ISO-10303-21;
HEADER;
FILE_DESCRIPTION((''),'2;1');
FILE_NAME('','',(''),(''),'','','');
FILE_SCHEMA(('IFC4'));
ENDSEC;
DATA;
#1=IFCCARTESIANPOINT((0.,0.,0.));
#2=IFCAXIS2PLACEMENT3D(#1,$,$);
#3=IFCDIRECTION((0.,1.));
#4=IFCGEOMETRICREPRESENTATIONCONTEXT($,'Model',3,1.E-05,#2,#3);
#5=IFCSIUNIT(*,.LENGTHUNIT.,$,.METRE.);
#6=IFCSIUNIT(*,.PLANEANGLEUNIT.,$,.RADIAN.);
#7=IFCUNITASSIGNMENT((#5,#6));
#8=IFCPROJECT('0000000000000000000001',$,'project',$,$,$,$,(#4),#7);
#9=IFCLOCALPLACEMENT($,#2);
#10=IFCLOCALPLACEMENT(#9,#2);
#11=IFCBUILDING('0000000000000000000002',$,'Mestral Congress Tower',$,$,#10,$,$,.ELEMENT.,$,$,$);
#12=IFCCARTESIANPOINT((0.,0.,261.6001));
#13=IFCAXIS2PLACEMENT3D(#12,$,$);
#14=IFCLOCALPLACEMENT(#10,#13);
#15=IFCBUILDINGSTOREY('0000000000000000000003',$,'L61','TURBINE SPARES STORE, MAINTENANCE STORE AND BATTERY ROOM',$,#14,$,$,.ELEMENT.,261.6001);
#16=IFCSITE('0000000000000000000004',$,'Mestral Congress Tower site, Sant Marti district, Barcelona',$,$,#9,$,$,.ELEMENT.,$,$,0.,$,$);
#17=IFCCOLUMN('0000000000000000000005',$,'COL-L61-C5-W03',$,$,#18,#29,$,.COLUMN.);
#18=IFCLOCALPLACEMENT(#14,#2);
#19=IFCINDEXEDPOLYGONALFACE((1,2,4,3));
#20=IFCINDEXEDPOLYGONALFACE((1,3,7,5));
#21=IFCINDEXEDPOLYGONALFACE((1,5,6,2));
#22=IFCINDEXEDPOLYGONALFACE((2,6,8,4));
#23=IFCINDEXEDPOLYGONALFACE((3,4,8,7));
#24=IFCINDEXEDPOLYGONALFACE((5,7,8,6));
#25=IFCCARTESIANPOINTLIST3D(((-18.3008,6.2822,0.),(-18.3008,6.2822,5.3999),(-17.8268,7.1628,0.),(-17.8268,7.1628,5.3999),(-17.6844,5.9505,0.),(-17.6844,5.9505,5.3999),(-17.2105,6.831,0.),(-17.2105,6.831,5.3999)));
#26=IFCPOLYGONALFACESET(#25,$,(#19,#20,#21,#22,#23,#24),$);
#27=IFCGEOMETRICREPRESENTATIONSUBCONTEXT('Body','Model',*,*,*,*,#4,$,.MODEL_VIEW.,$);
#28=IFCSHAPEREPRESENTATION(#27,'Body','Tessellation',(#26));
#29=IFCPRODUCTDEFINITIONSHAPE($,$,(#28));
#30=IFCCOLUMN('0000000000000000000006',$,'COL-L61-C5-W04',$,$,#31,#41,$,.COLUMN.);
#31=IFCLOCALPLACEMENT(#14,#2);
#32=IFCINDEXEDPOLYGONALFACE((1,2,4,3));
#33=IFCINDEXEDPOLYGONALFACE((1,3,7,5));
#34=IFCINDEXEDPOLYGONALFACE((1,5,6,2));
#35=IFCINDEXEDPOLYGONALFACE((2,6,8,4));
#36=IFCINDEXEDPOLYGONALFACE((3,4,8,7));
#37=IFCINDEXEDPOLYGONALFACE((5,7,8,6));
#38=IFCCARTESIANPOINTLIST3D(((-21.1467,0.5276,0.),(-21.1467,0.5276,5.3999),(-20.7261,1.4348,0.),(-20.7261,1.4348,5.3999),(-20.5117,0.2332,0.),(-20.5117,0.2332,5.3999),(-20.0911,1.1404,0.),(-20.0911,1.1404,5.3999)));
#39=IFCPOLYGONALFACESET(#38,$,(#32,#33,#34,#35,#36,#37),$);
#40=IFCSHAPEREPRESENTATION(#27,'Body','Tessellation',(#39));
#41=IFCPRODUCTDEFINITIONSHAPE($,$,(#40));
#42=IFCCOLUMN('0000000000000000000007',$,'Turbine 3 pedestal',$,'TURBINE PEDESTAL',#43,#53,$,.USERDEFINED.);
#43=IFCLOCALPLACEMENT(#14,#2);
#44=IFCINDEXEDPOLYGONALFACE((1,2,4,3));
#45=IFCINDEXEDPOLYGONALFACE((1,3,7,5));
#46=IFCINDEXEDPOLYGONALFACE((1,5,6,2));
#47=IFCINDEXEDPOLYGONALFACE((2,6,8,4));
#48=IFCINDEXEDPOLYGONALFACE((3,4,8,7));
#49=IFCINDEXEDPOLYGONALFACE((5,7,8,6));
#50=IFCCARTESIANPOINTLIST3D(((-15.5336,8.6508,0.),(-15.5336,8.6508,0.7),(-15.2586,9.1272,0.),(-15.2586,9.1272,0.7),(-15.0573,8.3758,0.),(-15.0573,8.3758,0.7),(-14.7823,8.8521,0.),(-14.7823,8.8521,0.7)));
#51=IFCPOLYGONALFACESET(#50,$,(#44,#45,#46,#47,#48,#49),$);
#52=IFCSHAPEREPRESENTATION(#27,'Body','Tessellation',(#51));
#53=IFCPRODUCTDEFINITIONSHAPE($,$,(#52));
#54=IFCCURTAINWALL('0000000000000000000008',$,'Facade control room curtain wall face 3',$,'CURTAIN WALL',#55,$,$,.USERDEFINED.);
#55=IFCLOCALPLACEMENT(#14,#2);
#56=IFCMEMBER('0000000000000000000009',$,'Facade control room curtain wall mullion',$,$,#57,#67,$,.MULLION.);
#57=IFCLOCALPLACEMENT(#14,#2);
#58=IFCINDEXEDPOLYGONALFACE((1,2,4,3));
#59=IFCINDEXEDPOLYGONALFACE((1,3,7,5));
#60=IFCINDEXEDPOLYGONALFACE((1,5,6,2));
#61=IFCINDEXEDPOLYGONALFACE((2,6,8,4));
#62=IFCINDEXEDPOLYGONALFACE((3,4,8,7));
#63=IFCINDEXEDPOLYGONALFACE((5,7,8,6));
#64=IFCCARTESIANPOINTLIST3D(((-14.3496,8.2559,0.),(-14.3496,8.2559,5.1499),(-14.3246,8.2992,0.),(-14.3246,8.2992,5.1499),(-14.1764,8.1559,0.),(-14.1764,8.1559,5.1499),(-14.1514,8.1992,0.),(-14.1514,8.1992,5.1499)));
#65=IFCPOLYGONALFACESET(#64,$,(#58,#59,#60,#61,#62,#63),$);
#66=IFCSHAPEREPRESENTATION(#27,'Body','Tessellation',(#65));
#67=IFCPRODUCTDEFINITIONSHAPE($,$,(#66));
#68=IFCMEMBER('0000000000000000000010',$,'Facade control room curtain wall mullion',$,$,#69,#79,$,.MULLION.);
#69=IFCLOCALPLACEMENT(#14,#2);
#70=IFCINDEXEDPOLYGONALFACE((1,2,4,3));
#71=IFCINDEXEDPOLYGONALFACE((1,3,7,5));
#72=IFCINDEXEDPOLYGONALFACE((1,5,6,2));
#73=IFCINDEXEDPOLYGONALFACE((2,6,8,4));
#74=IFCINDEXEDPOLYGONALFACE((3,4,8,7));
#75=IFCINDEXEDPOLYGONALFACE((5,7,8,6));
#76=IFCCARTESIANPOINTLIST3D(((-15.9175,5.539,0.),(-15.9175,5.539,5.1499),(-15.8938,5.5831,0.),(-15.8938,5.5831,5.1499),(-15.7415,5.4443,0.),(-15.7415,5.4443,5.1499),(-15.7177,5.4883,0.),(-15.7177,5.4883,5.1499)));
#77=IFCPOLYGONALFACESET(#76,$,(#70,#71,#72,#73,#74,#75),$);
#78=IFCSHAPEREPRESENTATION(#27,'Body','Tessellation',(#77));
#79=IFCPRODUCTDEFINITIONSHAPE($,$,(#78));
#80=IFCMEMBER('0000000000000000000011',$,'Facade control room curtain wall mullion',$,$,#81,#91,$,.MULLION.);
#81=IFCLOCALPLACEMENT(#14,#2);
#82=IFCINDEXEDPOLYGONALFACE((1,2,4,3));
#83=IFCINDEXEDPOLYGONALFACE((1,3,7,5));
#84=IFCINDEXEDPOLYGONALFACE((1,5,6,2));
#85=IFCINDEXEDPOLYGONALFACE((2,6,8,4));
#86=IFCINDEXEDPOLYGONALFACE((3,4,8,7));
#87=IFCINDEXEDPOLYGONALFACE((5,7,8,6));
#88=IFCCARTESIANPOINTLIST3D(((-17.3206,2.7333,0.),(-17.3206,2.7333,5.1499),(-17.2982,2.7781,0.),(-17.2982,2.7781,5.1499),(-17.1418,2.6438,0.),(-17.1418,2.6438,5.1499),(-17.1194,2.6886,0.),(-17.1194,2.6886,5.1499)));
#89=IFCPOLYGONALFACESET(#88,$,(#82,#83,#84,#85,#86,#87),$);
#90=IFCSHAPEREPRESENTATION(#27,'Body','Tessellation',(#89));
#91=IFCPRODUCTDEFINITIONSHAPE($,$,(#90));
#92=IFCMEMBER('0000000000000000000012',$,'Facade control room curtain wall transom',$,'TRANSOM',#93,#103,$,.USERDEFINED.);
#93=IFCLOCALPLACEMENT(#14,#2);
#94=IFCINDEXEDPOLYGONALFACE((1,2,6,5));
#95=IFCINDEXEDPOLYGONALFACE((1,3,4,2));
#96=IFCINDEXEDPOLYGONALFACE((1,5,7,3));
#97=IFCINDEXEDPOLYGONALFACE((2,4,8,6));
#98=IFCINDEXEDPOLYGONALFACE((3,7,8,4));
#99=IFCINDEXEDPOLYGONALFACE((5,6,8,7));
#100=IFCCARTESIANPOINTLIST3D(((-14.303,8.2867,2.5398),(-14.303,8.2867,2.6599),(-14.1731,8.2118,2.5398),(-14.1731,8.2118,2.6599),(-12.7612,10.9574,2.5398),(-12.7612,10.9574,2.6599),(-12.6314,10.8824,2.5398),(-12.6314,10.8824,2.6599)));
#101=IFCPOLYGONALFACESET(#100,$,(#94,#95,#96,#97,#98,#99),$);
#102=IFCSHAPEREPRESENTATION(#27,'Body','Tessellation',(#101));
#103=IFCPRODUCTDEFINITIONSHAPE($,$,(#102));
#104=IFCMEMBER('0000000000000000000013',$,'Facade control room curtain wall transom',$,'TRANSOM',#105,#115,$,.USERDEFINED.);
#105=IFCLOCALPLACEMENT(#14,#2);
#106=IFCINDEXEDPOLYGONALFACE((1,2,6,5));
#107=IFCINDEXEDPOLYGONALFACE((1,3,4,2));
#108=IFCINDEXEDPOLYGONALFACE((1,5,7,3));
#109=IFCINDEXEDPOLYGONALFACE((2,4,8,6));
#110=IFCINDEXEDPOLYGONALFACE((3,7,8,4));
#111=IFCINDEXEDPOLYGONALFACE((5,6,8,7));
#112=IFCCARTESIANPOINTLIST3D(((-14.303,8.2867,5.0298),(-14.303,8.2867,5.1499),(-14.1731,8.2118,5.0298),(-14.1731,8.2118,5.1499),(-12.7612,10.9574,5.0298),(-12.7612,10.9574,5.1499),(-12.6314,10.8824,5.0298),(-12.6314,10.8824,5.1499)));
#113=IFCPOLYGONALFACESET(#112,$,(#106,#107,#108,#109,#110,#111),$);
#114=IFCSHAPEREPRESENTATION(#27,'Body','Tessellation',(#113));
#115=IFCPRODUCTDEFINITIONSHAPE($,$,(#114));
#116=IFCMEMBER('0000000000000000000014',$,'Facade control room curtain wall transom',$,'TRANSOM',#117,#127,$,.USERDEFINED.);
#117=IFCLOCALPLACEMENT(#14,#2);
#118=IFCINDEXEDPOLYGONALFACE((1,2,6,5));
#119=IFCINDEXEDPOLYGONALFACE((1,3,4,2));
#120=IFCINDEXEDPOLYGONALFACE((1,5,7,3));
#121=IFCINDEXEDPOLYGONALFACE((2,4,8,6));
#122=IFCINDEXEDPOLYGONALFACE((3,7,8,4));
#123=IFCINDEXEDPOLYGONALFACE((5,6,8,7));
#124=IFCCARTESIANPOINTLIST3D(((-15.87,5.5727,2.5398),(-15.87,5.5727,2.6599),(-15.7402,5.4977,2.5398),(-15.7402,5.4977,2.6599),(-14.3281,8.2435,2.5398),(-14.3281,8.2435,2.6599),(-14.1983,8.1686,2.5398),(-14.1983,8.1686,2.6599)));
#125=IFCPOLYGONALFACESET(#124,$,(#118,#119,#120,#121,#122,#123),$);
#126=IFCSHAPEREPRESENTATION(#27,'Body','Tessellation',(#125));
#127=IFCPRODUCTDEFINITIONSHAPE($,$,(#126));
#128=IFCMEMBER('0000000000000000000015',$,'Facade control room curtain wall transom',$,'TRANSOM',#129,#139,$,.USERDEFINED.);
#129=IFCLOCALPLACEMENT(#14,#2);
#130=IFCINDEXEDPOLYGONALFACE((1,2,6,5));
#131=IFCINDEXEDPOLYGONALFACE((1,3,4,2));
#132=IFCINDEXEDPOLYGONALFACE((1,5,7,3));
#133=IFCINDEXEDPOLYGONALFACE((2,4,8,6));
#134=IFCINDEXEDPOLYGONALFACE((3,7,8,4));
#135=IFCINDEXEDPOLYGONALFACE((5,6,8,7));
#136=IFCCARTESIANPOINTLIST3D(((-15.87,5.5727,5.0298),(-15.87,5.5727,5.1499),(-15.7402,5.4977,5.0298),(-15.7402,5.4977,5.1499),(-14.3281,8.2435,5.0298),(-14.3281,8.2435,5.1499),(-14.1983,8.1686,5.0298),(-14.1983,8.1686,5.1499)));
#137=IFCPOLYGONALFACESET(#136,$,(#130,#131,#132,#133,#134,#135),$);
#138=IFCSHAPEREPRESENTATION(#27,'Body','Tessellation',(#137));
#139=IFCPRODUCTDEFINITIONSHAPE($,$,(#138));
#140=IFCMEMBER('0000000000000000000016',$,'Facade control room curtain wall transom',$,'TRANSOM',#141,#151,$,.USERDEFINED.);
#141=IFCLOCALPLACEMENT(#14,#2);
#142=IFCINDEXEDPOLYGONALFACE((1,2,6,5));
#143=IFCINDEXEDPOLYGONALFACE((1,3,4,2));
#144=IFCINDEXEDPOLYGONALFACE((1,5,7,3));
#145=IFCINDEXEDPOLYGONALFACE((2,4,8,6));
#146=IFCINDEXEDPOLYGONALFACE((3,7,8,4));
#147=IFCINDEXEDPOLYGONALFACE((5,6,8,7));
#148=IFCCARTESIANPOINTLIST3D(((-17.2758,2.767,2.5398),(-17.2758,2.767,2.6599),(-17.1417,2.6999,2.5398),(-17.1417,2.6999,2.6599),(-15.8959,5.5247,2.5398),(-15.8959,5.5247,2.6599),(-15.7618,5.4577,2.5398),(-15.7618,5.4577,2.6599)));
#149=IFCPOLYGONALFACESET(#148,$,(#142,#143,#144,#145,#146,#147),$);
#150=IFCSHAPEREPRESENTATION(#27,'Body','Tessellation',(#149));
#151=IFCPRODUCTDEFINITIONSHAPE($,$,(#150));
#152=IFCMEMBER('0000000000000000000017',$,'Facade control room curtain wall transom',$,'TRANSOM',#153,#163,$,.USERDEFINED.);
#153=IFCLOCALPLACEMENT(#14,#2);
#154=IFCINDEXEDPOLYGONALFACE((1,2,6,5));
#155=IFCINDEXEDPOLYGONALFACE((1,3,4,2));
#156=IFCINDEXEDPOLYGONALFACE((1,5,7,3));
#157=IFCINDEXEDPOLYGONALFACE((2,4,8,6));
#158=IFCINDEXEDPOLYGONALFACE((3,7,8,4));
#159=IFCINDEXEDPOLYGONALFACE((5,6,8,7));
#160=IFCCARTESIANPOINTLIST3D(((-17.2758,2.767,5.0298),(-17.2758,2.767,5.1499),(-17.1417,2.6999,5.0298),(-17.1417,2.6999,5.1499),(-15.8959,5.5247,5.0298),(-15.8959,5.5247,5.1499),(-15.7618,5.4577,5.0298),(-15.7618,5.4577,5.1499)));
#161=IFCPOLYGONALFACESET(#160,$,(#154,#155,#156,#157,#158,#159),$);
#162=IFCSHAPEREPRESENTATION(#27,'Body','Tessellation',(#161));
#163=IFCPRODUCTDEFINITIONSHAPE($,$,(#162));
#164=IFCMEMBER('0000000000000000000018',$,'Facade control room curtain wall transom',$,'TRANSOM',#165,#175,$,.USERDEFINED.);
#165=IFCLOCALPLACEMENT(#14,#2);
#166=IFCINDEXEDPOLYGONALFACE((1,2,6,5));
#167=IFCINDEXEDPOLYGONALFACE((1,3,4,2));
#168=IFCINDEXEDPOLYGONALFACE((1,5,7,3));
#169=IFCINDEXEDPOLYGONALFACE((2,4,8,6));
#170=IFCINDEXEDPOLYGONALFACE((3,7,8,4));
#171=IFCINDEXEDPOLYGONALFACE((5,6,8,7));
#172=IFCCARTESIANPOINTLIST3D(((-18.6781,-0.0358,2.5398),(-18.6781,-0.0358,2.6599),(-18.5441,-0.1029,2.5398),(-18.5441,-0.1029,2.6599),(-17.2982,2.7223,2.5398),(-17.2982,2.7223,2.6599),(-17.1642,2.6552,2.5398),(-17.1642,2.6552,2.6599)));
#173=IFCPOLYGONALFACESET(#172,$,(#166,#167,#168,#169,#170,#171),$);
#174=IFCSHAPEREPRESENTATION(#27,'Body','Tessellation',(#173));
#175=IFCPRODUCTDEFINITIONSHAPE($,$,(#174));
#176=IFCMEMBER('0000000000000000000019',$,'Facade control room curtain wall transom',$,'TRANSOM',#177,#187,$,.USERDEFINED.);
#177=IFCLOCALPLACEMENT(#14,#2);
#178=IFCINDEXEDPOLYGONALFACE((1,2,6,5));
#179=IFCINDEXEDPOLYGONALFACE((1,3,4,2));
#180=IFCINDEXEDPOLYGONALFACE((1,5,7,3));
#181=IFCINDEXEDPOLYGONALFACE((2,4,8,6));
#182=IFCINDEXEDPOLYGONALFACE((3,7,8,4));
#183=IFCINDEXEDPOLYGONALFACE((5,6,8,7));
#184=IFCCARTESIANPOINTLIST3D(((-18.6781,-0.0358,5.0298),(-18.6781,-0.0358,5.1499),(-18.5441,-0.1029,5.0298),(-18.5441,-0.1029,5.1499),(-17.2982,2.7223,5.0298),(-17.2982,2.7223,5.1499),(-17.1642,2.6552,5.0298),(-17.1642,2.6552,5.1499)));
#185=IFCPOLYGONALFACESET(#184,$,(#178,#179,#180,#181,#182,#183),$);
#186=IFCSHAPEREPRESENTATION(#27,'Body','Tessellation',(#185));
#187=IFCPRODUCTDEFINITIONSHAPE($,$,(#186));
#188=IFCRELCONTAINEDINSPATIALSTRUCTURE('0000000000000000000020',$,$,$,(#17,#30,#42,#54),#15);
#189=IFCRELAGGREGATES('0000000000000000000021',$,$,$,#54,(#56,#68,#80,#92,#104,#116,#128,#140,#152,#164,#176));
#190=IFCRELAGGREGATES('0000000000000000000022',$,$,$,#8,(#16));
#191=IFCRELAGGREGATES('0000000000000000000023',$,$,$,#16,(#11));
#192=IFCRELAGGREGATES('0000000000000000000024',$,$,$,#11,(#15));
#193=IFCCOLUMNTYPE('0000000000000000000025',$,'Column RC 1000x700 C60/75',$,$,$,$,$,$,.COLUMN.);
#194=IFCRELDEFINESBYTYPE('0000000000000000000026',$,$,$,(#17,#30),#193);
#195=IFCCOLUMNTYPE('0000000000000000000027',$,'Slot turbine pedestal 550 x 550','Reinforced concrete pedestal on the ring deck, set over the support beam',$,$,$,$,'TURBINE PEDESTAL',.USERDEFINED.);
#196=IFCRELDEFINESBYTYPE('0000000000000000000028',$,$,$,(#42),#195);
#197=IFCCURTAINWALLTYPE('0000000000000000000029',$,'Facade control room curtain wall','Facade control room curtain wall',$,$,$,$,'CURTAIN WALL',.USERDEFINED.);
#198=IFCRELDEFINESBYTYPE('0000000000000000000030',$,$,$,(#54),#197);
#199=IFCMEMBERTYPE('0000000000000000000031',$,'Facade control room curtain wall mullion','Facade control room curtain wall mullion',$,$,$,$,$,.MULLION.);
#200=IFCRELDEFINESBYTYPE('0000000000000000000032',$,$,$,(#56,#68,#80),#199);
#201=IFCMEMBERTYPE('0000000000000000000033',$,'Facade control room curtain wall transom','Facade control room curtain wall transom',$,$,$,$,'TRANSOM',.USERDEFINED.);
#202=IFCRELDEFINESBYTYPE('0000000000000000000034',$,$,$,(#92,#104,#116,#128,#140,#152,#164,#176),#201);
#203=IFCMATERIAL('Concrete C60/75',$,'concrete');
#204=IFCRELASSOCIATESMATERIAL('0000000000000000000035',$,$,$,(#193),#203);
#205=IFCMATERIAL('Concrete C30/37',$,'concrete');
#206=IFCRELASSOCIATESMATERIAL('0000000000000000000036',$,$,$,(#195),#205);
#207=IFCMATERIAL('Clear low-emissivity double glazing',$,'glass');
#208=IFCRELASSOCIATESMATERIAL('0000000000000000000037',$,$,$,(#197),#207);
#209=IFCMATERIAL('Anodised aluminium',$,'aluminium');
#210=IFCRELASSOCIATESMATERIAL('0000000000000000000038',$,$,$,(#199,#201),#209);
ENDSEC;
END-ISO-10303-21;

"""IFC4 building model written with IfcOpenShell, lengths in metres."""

from ifc_helpers import new_model, si_unit, direction, frame, origin, origin_2d, place, context, subcontext, project, spatial, rectangle, extrude, material, material_profile, profile_set, type_object, element, aggregate, save


model = new_model("IFC4")

# Units and contexts
model_context = context("Model", 3, precision=1e-05, world=origin(), true_north=direction((0.0, 1.0)))
body_context = subcontext(model_context, "Body", "Model", "MODEL_VIEW")
ifc_project = project(units=[si_unit("LENGTHUNIT", "METRE"), si_unit("PLANEANGLEUNIT", "RADIAN")], contexts=[model_context])

# Site, building, storey
site_placement = place(None, origin())
site = spatial("IfcSite", under=ifc_project, at=site_placement, Name="Mestral Congress Tower site, Sant Marti district, Barcelona", CompositionType="ELEMENT", RefElevation=0.0)
building_placement = place(site_placement, origin())
building = spatial("IfcBuilding", under=site, at=building_placement, Name="Mestral Congress Tower", CompositionType="ELEMENT")
storey_placement = place(building_placement, frame((0.0, 0.0, 261.6001)))
storey = spatial("IfcBuildingStorey", under=building, at=storey_placement, Name="L61", Description="TURBINE SPARES STORE, MAINTENANCE STORE AND BATTERY ROOM", CompositionType="ELEMENT", Elevation=261.6001)

# Columns
ifc_material_1 = material(Name="Concrete C60/75", Category="concrete")
ifc_material_profile_1 = material_profile(ifc_material_1, rectangle(XDim=1.0, YDim=0.7, at=origin_2d()), Name="RC 1000x700")
ifc_profile_set_1 = profile_set([ifc_material_profile_1], Name="Concrete C60/75")
column_type_1 = type_object("IfcColumnType", Name="Column RC 1000x700 C60/75", PredefinedType="COLUMN", material=ifc_profile_set_1)
for number, where, z_axis, x_axis, name in (
    (1, (-17.7556, 6.5566, 0.0), (0.0, 0.0, 1.0), (-0.473945, -0.880554, 0.0), "COL-L61-C5-W03"),
    (2, (-20.6189, 0.834, 0.0), (0.0, 0.0, 1.0), (-0.420596, -0.907248, 0.0), "COL-L61-C5-W04"),
):
    element("IfcColumn", number, at=place(storey_placement, frame(where, z_axis=z_axis, x_axis=x_axis)), inside=storey, type_object=column_type_1, Name=name, PredefinedType="COLUMN", context=body_context, shape_type="SweptSolid", body=[
        extrude(rectangle(XDim=1.0, YDim=0.7, at=origin_2d()), origin(), (0.0, 0.0, 1.0), 5.3999),
    ])
ifc_material_2 = material(Name="Concrete C30/37", Category="concrete")
ifc_material_profile_2 = material_profile(ifc_material_2, rectangle(XDim=0.55, YDim=0.55, at=origin_2d()), Name="Pedestal 550 x 550")
ifc_profile_set_2 = profile_set([ifc_material_profile_2], Name="Concrete C30/37")
column_type_2 = type_object("IfcColumnType", Name="Slot turbine pedestal 550 x 550", Description="Reinforced concrete pedestal on the ring deck, set over the support beam", ElementType="TURBINE PEDESTAL", PredefinedType="USERDEFINED", material=ifc_profile_set_2)
column_placement = place(storey_placement, frame((-15.158, 8.7515, 0.0), z_axis=(0.0, 0.0, 1.0), x_axis=(-0.5, -0.866025, 0.0)))
element("IfcColumn", 3, at=column_placement, inside=storey, type_object=column_type_2, Name="Turbine 3 pedestal", ObjectType="TURBINE PEDESTAL", PredefinedType="USERDEFINED", context=body_context, shape_type="SweptSolid", body=[
    extrude(rectangle(XDim=0.55, YDim=0.55, at=origin_2d()), origin(), (0.0, 0.0, 1.0), 0.7),
])

# Curtain wall, members
ifc_material_3 = material(Name="Clear low-emissivity double glazing", Category="glass")
curtain_wall_type = type_object("IfcCurtainWallType", Name="Facade control room curtain wall", Description="Facade control room curtain wall", ElementType="CURTAIN WALL", PredefinedType="USERDEFINED", material=ifc_material_3)
curtain_wall_placement = place(storey_placement, origin())
curtain_wall = element("IfcCurtainWall", 4, at=curtain_wall_placement, inside=storey, type_object=curtain_wall_type, Name="Facade control room curtain wall face 3", ObjectType="CURTAIN WALL", PredefinedType="USERDEFINED")
ifc_material_4 = material(Name="Anodised aluminium", Category="aluminium")
ifc_material_profile_3 = material_profile(ifc_material_4, rectangle(XDim=0.2, YDim=0.05, at=origin_2d()), Name="CW5 mullion 200 x 50")
ifc_profile_set_3 = profile_set([ifc_material_profile_3], Name="Anodised aluminium")
member_type_1 = type_object("IfcMemberType", Name="Facade control room curtain wall mullion", Description="Facade control room curtain wall mullion", PredefinedType="MULLION", material=ifc_profile_set_3)
member_1_placement = place(storey_placement, frame((-14.2505, 8.2275, 0.0), z_axis=(0.0, 0.0, 1.0), x_axis=(-0.866025, 0.5, 0.0)))
member_1 = element("IfcMember", 5, at=member_1_placement, type_object=member_type_1, Name="Facade control room curtain wall mullion", PredefinedType="MULLION", context=body_context, shape_type="SweptSolid", body=[
    extrude(rectangle(XDim=0.2, YDim=0.05, at=origin_2d()), origin(), (0.0, 0.0, 1.0), 5.1499),
])
member_2_placement = place(storey_placement, frame((-15.8176, 5.5137, 0.0), z_axis=(0.0, 0.0, 1.0), x_axis=(-0.880554, 0.473945, 0.0)))
member_2 = element("IfcMember", 6, at=member_2_placement, type_object=member_type_1, Name="Facade control room curtain wall mullion", PredefinedType="MULLION", context=body_context, shape_type="SweptSolid", body=[
    extrude(rectangle(XDim=0.2, YDim=0.05, at=origin_2d()), origin(), (0.0, 0.0, 1.0), 5.1499),
])
member_3_placement = place(storey_placement, frame((-17.22, 2.7109, 0.0), z_axis=(0.0, 0.0, 1.0), x_axis=(-0.894299, 0.44747, 0.0)))
member_3 = element("IfcMember", 7, at=member_3_placement, type_object=member_type_1, Name="Facade control room curtain wall mullion", PredefinedType="MULLION", context=body_context, shape_type="SweptSolid", body=[
    extrude(rectangle(XDim=0.2, YDim=0.05, at=origin_2d()), origin(), (0.0, 0.0, 1.0), 5.1499),
])
ifc_material_profile_4 = material_profile(ifc_material_4, rectangle(XDim=0.1499, YDim=0.1201, at=origin_2d()), Name="CW5 transom 150 x 120")
ifc_profile_set_4 = profile_set([ifc_material_profile_4], Name="Anodised aluminium")
member_type_2 = type_object("IfcMemberType", Name="Facade control room curtain wall transom", Description="Facade control room curtain wall transom", ElementType="TRANSOM", PredefinedType="USERDEFINED", material=ifc_profile_set_4)
member_4_placement = place(storey_placement, frame((-12.6963, 10.9199, 2.5999), z_axis=(-0.499962, -0.866047, 0.0), x_axis=(0.866047, -0.499962, 0.0)))
member_4 = element("IfcMember", 8, at=member_4_placement, type_object=member_type_2, Name="Facade control room curtain wall transom", ObjectType="TRANSOM", PredefinedType="USERDEFINED", context=body_context, shape_type="SweptSolid", body=[
    extrude(rectangle(XDim=0.1499, YDim=0.1201, at=origin_2d()), origin(), (0.0, 0.0, 1.0), 3.0837),
])
member_5_placement = place(storey_placement, frame((-12.6963, 10.9199, 5.0898), z_axis=(-0.499962, -0.866047, 0.0), x_axis=(0.866047, -0.499962, 0.0)))
member_5 = element("IfcMember", 9, at=member_5_placement, type_object=member_type_2, Name="Facade control room curtain wall transom", ObjectType="TRANSOM", PredefinedType="USERDEFINED", context=body_context, shape_type="SweptSolid", body=[
    extrude(rectangle(XDim=0.1499, YDim=0.1201, at=origin_2d()), origin(), (0.0, 0.0, 1.0), 3.0837),
])
member_6_placement = place(storey_placement, frame((-14.2632, 8.2061, 2.5999), z_axis=(-0.499987, -0.866033, 0.0), x_axis=(0.866033, -0.499987, 0.0)))
member_6 = element("IfcMember", 10, at=member_6_placement, type_object=member_type_2, Name="Facade control room curtain wall transom", ObjectType="TRANSOM", PredefinedType="USERDEFINED", context=body_context, shape_type="SweptSolid", body=[
    extrude(rectangle(XDim=0.1499, YDim=0.1201, at=origin_2d()), origin(), (0.0, 0.0, 1.0), 3.084),
])
member_7_placement = place(storey_placement, frame((-14.2632, 8.2061, 5.0898), z_axis=(-0.499987, -0.866033, 0.0), x_axis=(0.866033, -0.499987, 0.0)))
member_7 = element("IfcMember", 11, at=member_7_placement, type_object=member_type_2, Name="Facade control room curtain wall transom", ObjectType="TRANSOM", PredefinedType="USERDEFINED", context=body_context, shape_type="SweptSolid", body=[
    extrude(rectangle(XDim=0.1499, YDim=0.1201, at=origin_2d()), origin(), (0.0, 0.0, 1.0), 3.084),
])
member_8_placement = place(storey_placement, frame((-15.8289, 5.4912, 2.5999), z_axis=(-0.447467, -0.8943, 0.0), x_axis=(0.8943, -0.447467, 0.0)))
member_8 = element("IfcMember", 12, at=member_8_placement, type_object=member_type_2, Name="Facade control room curtain wall transom", ObjectType="TRANSOM", PredefinedType="USERDEFINED", context=body_context, shape_type="SweptSolid", body=[
    extrude(rectangle(XDim=0.1499, YDim=0.1201, at=origin_2d()), origin(), (0.0, 0.0, 1.0), 3.0837),
])
member_9_placement = place(storey_placement, frame((-15.8289, 5.4912, 5.0898), z_axis=(-0.447467, -0.8943, 0.0), x_axis=(0.8943, -0.447467, 0.0)))
member_9 = element("IfcMember", 13, at=member_9_placement, type_object=member_type_2, Name="Facade control room curtain wall transom", ObjectType="TRANSOM", PredefinedType="USERDEFINED", context=body_context, shape_type="SweptSolid", body=[
    extrude(rectangle(XDim=0.1499, YDim=0.1201, at=origin_2d()), origin(), (0.0, 0.0, 1.0), 3.0837),
])
member_10_placement = place(storey_placement, frame((-17.2312, 2.6887, 2.5999), z_axis=(-0.447435, -0.894316, 0.0), x_axis=(0.894316, -0.447435, 0.0)))
member_10 = element("IfcMember", 14, at=member_10_placement, type_object=member_type_2, Name="Facade control room curtain wall transom", ObjectType="TRANSOM", PredefinedType="USERDEFINED", context=body_context, shape_type="SweptSolid", body=[
    extrude(rectangle(XDim=0.1499, YDim=0.1201, at=origin_2d()), origin(), (0.0, 0.0, 1.0), 3.084),
])
member_11_placement = place(storey_placement, frame((-17.2312, 2.6887, 5.0898), z_axis=(-0.447435, -0.894316, 0.0), x_axis=(0.894316, -0.447435, 0.0)))
member_11 = element("IfcMember", 15, at=member_11_placement, type_object=member_type_2, Name="Facade control room curtain wall transom", ObjectType="TRANSOM", PredefinedType="USERDEFINED", context=body_context, shape_type="SweptSolid", body=[
    extrude(rectangle(XDim=0.1499, YDim=0.1201, at=origin_2d()), origin(), (0.0, 0.0, 1.0), 3.084),
])

aggregate(curtain_wall, [member_1, member_2, member_3, member_4, member_5, member_6, member_7, member_8, member_9, member_10, member_11])

save(model, "model.ifc")
